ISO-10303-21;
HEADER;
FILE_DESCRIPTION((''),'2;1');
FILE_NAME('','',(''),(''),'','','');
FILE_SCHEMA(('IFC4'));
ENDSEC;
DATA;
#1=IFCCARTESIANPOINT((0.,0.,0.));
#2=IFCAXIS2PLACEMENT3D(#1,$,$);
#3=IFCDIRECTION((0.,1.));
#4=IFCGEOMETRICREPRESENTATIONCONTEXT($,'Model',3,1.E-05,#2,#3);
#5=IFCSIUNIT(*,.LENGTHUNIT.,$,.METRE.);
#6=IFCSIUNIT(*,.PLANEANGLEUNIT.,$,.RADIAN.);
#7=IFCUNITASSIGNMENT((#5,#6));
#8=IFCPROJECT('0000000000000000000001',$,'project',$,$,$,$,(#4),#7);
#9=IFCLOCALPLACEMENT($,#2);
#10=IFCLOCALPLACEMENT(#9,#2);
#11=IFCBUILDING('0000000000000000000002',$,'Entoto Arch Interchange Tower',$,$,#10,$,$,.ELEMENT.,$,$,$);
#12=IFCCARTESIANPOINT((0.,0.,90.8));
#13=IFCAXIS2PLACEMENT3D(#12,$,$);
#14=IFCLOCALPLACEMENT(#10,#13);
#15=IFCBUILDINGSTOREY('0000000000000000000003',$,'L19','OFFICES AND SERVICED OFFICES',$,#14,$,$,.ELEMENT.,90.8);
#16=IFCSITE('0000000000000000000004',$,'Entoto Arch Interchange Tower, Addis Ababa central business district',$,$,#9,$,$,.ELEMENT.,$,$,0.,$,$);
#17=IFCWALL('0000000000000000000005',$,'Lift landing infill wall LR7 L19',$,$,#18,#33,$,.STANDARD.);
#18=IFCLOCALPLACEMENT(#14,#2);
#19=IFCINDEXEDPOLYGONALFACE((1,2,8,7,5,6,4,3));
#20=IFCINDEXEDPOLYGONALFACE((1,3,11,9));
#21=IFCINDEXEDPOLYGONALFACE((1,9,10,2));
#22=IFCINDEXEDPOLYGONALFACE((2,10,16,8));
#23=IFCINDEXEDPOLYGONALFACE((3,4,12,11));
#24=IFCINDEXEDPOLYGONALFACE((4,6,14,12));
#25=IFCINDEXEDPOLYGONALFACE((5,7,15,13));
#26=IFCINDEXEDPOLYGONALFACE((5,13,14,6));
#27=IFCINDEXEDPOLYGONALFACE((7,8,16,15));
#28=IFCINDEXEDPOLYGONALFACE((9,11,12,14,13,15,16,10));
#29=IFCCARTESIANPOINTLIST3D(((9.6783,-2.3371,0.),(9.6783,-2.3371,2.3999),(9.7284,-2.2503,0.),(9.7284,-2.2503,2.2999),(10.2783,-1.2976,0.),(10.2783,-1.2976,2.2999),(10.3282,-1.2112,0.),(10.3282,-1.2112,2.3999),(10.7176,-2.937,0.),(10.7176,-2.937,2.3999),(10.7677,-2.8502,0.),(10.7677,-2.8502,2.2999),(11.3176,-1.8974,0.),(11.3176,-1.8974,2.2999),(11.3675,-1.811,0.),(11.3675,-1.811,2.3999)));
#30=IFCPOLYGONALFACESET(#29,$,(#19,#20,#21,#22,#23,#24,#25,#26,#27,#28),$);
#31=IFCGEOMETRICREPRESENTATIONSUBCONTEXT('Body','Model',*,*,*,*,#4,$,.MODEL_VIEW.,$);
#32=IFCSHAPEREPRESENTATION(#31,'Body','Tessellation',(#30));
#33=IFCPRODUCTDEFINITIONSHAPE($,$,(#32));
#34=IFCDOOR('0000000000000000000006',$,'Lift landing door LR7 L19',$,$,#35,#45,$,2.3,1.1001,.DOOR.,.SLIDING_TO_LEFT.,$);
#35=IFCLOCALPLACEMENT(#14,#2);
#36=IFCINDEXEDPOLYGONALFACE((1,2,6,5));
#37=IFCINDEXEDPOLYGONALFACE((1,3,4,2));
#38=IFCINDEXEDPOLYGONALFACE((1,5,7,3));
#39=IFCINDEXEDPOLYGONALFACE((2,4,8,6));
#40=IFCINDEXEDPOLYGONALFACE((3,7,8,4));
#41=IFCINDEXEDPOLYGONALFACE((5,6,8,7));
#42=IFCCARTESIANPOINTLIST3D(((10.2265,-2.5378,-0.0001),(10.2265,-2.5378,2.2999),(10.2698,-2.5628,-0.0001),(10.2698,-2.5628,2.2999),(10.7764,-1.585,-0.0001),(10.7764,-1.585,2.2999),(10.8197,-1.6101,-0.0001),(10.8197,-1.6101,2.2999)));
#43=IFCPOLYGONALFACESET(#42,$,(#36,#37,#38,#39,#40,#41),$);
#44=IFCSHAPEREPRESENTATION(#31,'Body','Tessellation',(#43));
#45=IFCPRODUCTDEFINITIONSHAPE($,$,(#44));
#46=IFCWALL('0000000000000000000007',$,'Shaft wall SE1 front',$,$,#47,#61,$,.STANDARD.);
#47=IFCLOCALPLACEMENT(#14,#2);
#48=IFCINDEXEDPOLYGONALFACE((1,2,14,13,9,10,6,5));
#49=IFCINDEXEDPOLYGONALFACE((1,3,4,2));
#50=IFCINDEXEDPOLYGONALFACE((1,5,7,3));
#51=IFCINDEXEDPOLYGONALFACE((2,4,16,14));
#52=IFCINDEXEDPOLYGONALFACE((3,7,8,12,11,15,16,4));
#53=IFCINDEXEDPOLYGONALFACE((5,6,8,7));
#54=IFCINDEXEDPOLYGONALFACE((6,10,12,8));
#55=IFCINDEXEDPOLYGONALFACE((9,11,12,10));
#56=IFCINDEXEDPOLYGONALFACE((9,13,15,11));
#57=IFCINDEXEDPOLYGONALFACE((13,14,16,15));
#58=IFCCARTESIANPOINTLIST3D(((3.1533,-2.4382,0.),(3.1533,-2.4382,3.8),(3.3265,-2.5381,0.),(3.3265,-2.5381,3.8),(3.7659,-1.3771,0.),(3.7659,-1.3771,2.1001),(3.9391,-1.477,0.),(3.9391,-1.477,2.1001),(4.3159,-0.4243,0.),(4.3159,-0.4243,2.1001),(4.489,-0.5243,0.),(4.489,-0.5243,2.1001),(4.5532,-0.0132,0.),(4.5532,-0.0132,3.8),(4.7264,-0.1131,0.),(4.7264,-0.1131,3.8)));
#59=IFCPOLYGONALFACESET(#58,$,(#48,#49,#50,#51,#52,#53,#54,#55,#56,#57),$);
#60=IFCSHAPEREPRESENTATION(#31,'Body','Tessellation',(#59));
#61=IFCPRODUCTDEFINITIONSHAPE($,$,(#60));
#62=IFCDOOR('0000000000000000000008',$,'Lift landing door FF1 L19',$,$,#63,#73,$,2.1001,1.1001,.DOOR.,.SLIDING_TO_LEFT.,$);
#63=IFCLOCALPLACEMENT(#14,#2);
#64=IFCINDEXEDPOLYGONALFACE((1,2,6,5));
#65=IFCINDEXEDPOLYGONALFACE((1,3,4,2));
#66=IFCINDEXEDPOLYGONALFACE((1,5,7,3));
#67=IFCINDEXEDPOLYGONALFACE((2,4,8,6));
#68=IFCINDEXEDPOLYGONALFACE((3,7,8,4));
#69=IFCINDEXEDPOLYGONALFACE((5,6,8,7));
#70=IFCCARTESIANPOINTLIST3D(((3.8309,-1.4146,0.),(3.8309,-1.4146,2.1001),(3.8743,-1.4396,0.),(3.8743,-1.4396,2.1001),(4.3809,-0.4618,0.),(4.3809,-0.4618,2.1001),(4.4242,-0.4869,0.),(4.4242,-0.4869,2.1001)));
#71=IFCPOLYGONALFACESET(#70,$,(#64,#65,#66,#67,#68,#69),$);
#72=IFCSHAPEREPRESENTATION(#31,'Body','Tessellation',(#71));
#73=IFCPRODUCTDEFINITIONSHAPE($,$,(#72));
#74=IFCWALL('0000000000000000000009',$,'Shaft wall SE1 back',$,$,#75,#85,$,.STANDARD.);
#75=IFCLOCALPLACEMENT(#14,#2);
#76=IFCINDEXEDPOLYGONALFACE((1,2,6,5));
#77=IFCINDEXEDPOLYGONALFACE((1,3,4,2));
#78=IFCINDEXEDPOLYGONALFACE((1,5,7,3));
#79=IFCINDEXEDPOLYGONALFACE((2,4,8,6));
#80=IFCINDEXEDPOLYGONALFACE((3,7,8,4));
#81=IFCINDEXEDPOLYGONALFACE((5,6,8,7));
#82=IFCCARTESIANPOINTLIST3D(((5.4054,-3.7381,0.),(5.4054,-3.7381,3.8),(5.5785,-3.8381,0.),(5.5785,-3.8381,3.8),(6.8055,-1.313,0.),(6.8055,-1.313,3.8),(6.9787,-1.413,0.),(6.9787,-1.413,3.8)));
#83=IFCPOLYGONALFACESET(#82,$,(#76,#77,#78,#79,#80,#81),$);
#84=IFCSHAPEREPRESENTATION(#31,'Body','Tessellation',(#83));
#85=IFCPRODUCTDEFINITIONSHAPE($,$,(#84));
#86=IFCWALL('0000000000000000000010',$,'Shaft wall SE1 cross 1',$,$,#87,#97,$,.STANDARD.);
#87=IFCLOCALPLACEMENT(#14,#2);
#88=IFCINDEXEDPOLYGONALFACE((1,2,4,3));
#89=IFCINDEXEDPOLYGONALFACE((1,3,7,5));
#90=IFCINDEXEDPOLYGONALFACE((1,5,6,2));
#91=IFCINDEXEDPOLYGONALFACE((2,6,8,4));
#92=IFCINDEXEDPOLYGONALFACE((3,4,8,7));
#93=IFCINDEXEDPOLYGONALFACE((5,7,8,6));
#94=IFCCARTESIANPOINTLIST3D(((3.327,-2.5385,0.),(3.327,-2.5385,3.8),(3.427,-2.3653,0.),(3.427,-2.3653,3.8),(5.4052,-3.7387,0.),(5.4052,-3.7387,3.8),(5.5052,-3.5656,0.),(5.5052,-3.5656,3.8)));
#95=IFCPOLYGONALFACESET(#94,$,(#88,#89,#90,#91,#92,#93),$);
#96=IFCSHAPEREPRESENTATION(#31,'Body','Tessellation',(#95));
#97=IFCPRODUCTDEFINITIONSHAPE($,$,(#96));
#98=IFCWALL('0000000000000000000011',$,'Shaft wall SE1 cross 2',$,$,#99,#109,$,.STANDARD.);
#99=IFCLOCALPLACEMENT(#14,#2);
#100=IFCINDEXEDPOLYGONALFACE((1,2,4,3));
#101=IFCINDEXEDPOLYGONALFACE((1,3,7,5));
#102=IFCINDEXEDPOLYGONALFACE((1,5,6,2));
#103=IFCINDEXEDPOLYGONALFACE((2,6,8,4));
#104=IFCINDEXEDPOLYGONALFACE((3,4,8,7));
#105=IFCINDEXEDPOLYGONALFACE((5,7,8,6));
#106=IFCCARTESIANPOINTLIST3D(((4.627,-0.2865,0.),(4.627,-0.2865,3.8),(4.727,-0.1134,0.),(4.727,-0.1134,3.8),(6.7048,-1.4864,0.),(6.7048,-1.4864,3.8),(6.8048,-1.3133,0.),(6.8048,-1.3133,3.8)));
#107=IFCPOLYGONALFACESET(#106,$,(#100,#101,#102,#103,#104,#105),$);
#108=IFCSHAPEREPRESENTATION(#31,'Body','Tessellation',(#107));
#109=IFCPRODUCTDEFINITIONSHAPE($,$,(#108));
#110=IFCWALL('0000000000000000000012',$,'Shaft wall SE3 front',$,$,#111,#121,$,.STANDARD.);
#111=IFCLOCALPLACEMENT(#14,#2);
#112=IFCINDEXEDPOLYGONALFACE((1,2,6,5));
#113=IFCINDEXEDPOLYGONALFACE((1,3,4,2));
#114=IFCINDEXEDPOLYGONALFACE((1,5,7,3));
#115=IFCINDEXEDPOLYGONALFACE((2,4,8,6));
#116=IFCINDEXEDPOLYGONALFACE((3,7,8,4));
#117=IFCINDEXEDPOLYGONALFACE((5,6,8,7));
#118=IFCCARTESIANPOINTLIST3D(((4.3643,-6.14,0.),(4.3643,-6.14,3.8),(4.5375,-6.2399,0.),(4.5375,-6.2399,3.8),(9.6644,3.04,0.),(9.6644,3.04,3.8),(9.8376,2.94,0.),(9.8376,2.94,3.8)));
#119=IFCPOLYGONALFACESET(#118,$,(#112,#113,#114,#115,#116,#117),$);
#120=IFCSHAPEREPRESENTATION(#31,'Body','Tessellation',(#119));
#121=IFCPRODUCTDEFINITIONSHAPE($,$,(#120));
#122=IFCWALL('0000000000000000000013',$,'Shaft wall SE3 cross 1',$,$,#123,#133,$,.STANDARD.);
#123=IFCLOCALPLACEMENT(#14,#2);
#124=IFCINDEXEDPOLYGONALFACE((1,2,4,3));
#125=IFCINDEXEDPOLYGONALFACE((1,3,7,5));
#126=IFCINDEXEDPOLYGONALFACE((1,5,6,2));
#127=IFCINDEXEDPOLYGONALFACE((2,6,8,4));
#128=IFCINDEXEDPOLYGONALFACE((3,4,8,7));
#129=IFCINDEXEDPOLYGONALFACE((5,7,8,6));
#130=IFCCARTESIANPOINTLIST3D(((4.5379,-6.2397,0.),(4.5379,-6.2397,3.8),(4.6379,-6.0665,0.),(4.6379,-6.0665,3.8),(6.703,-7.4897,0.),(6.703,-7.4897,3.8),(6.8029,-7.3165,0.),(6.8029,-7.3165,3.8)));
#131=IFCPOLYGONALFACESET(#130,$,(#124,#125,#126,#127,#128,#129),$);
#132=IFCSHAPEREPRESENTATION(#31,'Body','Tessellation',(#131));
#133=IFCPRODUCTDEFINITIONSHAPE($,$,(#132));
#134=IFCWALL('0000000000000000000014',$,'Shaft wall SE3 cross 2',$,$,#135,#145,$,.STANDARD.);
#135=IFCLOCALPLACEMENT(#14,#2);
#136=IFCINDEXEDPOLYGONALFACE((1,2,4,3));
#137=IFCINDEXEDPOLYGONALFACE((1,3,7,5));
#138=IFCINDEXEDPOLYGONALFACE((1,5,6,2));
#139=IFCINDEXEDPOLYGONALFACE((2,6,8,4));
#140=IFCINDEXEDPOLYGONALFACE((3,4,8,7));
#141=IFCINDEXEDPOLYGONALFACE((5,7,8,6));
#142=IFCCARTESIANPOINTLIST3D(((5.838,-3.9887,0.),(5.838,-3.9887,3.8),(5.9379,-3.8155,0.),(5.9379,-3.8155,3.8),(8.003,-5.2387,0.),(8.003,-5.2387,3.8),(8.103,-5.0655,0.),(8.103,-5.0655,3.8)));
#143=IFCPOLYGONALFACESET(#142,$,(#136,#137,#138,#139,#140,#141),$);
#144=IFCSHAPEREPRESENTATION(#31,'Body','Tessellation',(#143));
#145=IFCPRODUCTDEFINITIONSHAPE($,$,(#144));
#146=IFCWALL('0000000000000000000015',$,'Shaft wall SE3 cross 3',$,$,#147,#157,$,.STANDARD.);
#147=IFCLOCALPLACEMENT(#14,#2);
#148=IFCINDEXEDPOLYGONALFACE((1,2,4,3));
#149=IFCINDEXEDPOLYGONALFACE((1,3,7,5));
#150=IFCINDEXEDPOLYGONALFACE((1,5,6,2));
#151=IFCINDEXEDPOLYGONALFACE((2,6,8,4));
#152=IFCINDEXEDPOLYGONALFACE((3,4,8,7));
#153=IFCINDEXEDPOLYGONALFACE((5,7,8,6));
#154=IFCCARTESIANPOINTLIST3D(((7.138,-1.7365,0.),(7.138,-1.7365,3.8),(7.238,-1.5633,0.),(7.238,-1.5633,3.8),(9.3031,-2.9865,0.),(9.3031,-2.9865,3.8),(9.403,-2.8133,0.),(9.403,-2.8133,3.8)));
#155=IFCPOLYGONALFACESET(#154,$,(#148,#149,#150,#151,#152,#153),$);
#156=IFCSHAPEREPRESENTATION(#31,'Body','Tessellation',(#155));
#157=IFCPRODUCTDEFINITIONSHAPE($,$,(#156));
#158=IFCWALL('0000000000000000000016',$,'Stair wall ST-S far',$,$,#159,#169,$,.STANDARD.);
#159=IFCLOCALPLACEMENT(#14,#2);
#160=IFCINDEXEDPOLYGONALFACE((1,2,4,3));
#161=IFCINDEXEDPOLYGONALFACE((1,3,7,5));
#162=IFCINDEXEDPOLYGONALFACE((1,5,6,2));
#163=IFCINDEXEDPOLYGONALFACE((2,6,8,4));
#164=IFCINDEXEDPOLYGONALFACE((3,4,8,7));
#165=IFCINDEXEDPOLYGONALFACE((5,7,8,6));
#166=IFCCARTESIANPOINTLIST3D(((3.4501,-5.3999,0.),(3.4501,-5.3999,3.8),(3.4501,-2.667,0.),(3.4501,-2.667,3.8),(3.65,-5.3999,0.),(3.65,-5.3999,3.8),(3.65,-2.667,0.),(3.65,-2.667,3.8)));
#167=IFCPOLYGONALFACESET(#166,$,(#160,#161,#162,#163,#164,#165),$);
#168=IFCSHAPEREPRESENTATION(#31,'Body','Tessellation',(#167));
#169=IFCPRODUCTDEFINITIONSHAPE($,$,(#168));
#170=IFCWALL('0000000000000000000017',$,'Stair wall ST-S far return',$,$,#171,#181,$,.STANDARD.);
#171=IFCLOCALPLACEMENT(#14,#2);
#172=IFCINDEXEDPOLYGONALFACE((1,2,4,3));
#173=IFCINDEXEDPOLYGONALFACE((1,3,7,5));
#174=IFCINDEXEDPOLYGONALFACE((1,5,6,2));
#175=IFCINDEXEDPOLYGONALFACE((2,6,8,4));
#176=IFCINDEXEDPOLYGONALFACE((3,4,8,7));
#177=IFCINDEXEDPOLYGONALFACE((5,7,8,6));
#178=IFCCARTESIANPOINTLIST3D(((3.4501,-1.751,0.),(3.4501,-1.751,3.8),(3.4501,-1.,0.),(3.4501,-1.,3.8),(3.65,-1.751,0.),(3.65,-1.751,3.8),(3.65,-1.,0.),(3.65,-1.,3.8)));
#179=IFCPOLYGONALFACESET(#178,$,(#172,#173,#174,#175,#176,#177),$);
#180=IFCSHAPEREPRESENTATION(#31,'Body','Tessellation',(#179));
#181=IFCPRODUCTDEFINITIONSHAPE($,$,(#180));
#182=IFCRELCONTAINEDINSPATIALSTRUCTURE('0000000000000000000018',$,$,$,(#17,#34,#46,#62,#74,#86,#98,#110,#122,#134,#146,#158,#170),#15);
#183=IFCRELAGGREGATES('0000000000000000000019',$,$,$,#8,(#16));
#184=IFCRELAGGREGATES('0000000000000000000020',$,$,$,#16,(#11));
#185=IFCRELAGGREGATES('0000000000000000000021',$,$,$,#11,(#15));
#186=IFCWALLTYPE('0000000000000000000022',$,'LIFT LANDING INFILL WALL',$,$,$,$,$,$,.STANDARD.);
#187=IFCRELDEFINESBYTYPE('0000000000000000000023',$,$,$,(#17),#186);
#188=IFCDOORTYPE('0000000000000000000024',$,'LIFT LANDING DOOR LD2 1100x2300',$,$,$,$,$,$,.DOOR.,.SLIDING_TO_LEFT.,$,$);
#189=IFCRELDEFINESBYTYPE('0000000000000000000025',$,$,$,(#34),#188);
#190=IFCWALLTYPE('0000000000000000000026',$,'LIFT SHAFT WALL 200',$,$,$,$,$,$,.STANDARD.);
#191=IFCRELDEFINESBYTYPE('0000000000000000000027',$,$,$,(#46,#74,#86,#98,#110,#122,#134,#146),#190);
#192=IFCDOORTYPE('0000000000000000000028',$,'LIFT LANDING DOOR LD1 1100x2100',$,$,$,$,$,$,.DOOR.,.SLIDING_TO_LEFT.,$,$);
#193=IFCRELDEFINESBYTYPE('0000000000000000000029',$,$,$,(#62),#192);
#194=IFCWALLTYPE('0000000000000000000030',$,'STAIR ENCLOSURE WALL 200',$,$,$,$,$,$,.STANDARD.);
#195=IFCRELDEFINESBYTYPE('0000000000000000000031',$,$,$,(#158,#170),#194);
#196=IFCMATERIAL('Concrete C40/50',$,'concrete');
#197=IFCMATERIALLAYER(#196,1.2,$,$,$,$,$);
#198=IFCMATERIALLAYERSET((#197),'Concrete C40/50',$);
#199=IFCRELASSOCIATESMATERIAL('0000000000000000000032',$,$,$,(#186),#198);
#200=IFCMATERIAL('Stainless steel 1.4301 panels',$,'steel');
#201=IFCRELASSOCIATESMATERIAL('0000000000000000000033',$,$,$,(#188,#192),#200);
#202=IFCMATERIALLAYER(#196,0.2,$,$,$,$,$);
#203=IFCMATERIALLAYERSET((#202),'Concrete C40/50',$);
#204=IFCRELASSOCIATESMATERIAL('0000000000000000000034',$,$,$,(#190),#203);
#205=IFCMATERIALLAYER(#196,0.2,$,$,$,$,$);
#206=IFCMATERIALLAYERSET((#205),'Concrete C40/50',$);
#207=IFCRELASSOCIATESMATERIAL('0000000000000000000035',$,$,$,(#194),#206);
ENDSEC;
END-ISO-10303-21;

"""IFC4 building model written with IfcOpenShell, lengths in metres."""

from ifc_helpers import new_model, si_unit, direction, frame, frame_2d, origin, place, context, subcontext, project, spatial, rectangle, extrude, material, layer, layer_set, type_object, element, fill, save


model = new_model("IFC4")

# Units and contexts
model_context = context("Model", 3, precision=1e-05, world=origin(), true_north=direction((0.0, 1.0)))
body_context = subcontext(model_context, "Body", "Model", "MODEL_VIEW")
ifc_project = project(units=[si_unit("LENGTHUNIT", "METRE"), si_unit("PLANEANGLEUNIT", "RADIAN")], contexts=[model_context])

# Site, building, storey
site_placement = place(None, origin())
site = spatial("IfcSite", under=ifc_project, at=site_placement, Name="Entoto Arch Interchange Tower, Addis Ababa central business district", CompositionType="ELEMENT", RefElevation=0.0)
building_placement = place(site_placement, origin())
building = spatial("IfcBuilding", under=site, at=building_placement, Name="Entoto Arch Interchange Tower", CompositionType="ELEMENT")
storey_placement = place(building_placement, frame((0.0, 0.0, 90.8)))
storey = spatial("IfcBuildingStorey", under=building, at=storey_placement, Name="L19", Description="OFFICES AND SERVICED OFFICES", CompositionType="ELEMENT", Elevation=90.8)

# Walls, openings, doors
ifc_material_1 = material(Name="Concrete C40/50", Category="concrete")
ifc_layer_1 = layer(ifc_material_1, 1.2)
ifc_layer_set_1 = layer_set([ifc_layer_1], Name="Concrete C40/50")
wall_type_1 = type_object("IfcWallType", Name="LIFT LANDING INFILL WALL", PredefinedType="STANDARD", material=ifc_layer_set_1)
ifc_material_2 = material(Name="Stainless steel 1.4301 panels", Category="steel")
door_type_1 = type_object("IfcDoorType", Name="LIFT LANDING DOOR LD2 1100x2300", OperationType="SLIDING_TO_LEFT", PredefinedType="DOOR", material=ifc_material_2)
wall_1_placement = place(storey_placement, frame((10.198, -2.637, 0.0), z_axis=(0.0, 0.0, 1.0), x_axis=(0.499896, 0.866086, 0.0)))
wall_1 = element("IfcWall", 1, at=wall_1_placement, inside=storey, type_object=wall_type_1, Name="Lift landing infill wall LR7 L19", PredefinedType="STANDARD", context=body_context, shape_type="SweptSolid", body=[
    extrude(rectangle(XDim=1.3, YDim=1.2, at=frame_2d((0.6499, 0.0))), origin(), (0.0, 0.0, 1.0), 2.3999),
])
opening_1_placement = place(wall_1_placement, frame((0.1001, 0.0, 0.0)))
opening_1 = element("IfcOpeningElement", 2, at=opening_1_placement, cuts=wall_1, PredefinedType="OPENING", context=body_context, shape_type="SweptSolid", body=[
    extrude(rectangle(XDim=1.1001, YDim=2.3, at=frame_2d((0.55, 1.1499))), frame((0.0, 0.6099, 0.0), z_axis=(0.0, -1.0, 0.0), x_axis=(1.0, 0.0, 0.0)), (0.0, 0.0, 1.0), 1.22),
])
door_1_placement = place(opening_1_placement, origin())
door_1 = element("IfcDoor", 3, at=door_1_placement, inside=storey, type_object=door_type_1, Name="Lift landing door LR7 L19", OperationType="SLIDING_TO_LEFT", OverallHeight=2.3, OverallWidth=1.1001, PredefinedType="DOOR", context=body_context, shape_type="SweptSolid", body=[
    extrude(rectangle(XDim=1.1001, YDim=2.3, at=frame_2d((0.55, 1.1499))), frame((0.0, 0.0249, 0.0), z_axis=(0.0, -1.0, 0.0), x_axis=(1.0, 0.0, 0.0)), (0.0, 0.0, 1.0), 0.05),
])
fill(opening_1, door_1)
ifc_layer_2 = layer(ifc_material_1, 0.2)
ifc_layer_set_2 = layer_set([ifc_layer_2], Name="Concrete C40/50")
wall_type_2 = type_object("IfcWallType", Name="LIFT SHAFT WALL 200", PredefinedType="STANDARD", material=ifc_layer_set_2)
wall_2_placement = place(storey_placement, frame((3.24, -2.488, 0.0), z_axis=(0.0, 0.0, 1.0), x_axis=(0.499946, 0.866056, 0.0)))
wall_2 = element("IfcWall", 4, at=wall_2_placement, inside=storey, type_object=wall_type_2, Name="Shaft wall SE1 front", PredefinedType="STANDARD", context=body_context, shape_type="SweptSolid", body=[
    extrude(rectangle(XDim=2.8, YDim=0.2, at=frame_2d((1.3999, 0.0))), origin(), (0.0, 0.0, 1.0), 3.8),
])
opening_2_placement = place(wall_2_placement, frame((1.2251, 0.0, 0.0)))
opening_2 = element("IfcOpeningElement", 5, at=opening_2_placement, cuts=wall_2, PredefinedType="OPENING", context=body_context, shape_type="SweptSolid", body=[
    extrude(rectangle(XDim=1.1001, YDim=2.1001, at=frame_2d((0.55, 1.05))), frame((0.0, 0.1099, 0.0), z_axis=(0.0, -1.0, 0.0), x_axis=(1.0, 0.0, 0.0)), (0.0, 0.0, 1.0), 0.22),
])
door_type_2 = type_object("IfcDoorType", Name="LIFT LANDING DOOR LD1 1100x2100", OperationType="SLIDING_TO_LEFT", PredefinedType="DOOR", material=ifc_material_2)
door_2_placement = place(opening_2_placement, origin())
door_2 = element("IfcDoor", 6, at=door_2_placement, inside=storey, type_object=door_type_2, Name="Lift landing door FF1 L19", OperationType="SLIDING_TO_LEFT", OverallHeight=2.1001, OverallWidth=1.1001, PredefinedType="DOOR", context=body_context, shape_type="SweptSolid", body=[
    extrude(rectangle(XDim=1.1001, YDim=2.1001, at=frame_2d((0.55, 1.05))), frame((0.0, 0.0249, 0.0), z_axis=(0.0, -1.0, 0.0), x_axis=(1.0, 0.0, 0.0)), (0.0, 0.0, 1.0), 0.05),
])
fill(opening_2, door_2)

# Walls
wall_3_placement = place(storey_placement, frame((5.4919, -3.7881, 0.0), z_axis=(0.0, 0.0, 1.0), x_axis=(0.500012, 0.866019, 0.0)))
element("IfcWall", 7, at=wall_3_placement, inside=storey, type_object=wall_type_2, Name="Shaft wall SE1 back", PredefinedType="STANDARD", context=body_context, shape_type="SweptSolid", body=[
    extrude(rectangle(XDim=2.8003, YDim=0.2, at=frame_2d((1.4001, 0.0))), origin(), (0.0, 0.0, 1.0), 3.8),
])
wall_4_placement = place(storey_placement, frame((3.377, -2.4519, 0.0), z_axis=(0.0, 0.0, 1.0), x_axis=(0.865955, -0.500122, 0.0)))
element("IfcWall", 8, at=wall_4_placement, inside=storey, type_object=wall_type_2, Name="Shaft wall SE1 cross 1", PredefinedType="STANDARD", context=body_context, shape_type="SweptSolid", body=[
    extrude(rectangle(XDim=2.3999, YDim=0.2, at=frame_2d((1.2, 0.0))), origin(), (0.0, 0.0, 1.0), 3.8),
])
wall_5_placement = place(storey_placement, frame((4.677, -0.2, 0.0), z_axis=(0.0, 0.0, 1.0), x_axis=(0.865974, -0.500089, 0.0)))
element("IfcWall", 9, at=wall_5_placement, inside=storey, type_object=wall_type_2, Name="Shaft wall SE1 cross 2", PredefinedType="STANDARD", context=body_context, shape_type="SweptSolid", body=[
    extrude(rectangle(XDim=2.3994, YDim=0.2, at=frame_2d((1.1997, 0.0))), origin(), (0.0, 0.0, 1.0), 3.8),
])
wall_6_placement = place(storey_placement, frame((4.4509, -6.1899, 0.0), z_axis=(0.0, 0.0, 1.0), x_axis=(0.500001, 0.866025, 0.0)))
element("IfcWall", 10, at=wall_6_placement, inside=storey, type_object=wall_type_2, Name="Shaft wall SE3 front", PredefinedType="STANDARD", context=body_context, shape_type="SweptSolid", body=[
    extrude(rectangle(XDim=10.6001, YDim=0.2, at=frame_2d((5.3, 0.0))), origin(), (0.0, 0.0, 1.0), 3.8),
])
for number, where, z_axis, x_axis, name in (
    (11, (4.5879, -6.1531, 0.0), (0.0, 0.0, 1.0), (0.866023, -0.500004, 0.0), "Shaft wall SE3 cross 1"),
    (12, (5.8879, -3.9021, 0.0), (0.0, 0.0, 1.0), (0.866023, -0.500004, 0.0), "Shaft wall SE3 cross 2"),
    (13, (7.188, -1.6499, 0.0), (0.0, 0.0, 1.0), (0.866023, -0.500004, 0.0), "Shaft wall SE3 cross 3"),
):
    element("IfcWall", number, at=place(storey_placement, frame(where, z_axis=z_axis, x_axis=x_axis)), inside=storey, type_object=wall_type_2, Name=name, PredefinedType="STANDARD", context=body_context, shape_type="SweptSolid", body=[
        extrude(rectangle(XDim=2.5, YDim=0.2, at=frame_2d((1.25, 0.0))), origin(), (0.0, 0.0, 1.0), 3.8),
    ])
ifc_layer_3 = layer(ifc_material_1, 0.2)
ifc_layer_set_3 = layer_set([ifc_layer_3], Name="Concrete C40/50")
wall_type_3 = type_object("IfcWallType", Name="STAIR ENCLOSURE WALL 200", PredefinedType="STANDARD", material=ifc_layer_set_3)
wall_7_placement = place(storey_placement, frame((3.55, -2.667, 0.0), z_axis=(0.0, 0.0, 1.0), x_axis=(0.0, -1.0, 0.0)))
element("IfcWall", 14, at=wall_7_placement, inside=storey, type_object=wall_type_3, Name="Stair wall ST-S far", PredefinedType="STANDARD", context=body_context, shape_type="SweptSolid", body=[
    extrude(rectangle(XDim=2.7329, YDim=0.2, at=frame_2d((1.3665, 0.0))), origin(), (0.0, 0.0, 1.0), 3.8),
])
wall_8_placement = place(storey_placement, frame((3.55, -1.0, 0.0), z_axis=(0.0, 0.0, 1.0), x_axis=(0.0, -1.0, 0.0)))
element("IfcWall", 15, at=wall_8_placement, inside=storey, type_object=wall_type_3, Name="Stair wall ST-S far return", PredefinedType="STANDARD", context=body_context, shape_type="SweptSolid", body=[
    extrude(rectangle(XDim=0.751, YDim=0.2, at=frame_2d((0.3755, 0.0))), origin(), (0.0, 0.0, 1.0), 3.8),
])

save(model, "model.ifc")
